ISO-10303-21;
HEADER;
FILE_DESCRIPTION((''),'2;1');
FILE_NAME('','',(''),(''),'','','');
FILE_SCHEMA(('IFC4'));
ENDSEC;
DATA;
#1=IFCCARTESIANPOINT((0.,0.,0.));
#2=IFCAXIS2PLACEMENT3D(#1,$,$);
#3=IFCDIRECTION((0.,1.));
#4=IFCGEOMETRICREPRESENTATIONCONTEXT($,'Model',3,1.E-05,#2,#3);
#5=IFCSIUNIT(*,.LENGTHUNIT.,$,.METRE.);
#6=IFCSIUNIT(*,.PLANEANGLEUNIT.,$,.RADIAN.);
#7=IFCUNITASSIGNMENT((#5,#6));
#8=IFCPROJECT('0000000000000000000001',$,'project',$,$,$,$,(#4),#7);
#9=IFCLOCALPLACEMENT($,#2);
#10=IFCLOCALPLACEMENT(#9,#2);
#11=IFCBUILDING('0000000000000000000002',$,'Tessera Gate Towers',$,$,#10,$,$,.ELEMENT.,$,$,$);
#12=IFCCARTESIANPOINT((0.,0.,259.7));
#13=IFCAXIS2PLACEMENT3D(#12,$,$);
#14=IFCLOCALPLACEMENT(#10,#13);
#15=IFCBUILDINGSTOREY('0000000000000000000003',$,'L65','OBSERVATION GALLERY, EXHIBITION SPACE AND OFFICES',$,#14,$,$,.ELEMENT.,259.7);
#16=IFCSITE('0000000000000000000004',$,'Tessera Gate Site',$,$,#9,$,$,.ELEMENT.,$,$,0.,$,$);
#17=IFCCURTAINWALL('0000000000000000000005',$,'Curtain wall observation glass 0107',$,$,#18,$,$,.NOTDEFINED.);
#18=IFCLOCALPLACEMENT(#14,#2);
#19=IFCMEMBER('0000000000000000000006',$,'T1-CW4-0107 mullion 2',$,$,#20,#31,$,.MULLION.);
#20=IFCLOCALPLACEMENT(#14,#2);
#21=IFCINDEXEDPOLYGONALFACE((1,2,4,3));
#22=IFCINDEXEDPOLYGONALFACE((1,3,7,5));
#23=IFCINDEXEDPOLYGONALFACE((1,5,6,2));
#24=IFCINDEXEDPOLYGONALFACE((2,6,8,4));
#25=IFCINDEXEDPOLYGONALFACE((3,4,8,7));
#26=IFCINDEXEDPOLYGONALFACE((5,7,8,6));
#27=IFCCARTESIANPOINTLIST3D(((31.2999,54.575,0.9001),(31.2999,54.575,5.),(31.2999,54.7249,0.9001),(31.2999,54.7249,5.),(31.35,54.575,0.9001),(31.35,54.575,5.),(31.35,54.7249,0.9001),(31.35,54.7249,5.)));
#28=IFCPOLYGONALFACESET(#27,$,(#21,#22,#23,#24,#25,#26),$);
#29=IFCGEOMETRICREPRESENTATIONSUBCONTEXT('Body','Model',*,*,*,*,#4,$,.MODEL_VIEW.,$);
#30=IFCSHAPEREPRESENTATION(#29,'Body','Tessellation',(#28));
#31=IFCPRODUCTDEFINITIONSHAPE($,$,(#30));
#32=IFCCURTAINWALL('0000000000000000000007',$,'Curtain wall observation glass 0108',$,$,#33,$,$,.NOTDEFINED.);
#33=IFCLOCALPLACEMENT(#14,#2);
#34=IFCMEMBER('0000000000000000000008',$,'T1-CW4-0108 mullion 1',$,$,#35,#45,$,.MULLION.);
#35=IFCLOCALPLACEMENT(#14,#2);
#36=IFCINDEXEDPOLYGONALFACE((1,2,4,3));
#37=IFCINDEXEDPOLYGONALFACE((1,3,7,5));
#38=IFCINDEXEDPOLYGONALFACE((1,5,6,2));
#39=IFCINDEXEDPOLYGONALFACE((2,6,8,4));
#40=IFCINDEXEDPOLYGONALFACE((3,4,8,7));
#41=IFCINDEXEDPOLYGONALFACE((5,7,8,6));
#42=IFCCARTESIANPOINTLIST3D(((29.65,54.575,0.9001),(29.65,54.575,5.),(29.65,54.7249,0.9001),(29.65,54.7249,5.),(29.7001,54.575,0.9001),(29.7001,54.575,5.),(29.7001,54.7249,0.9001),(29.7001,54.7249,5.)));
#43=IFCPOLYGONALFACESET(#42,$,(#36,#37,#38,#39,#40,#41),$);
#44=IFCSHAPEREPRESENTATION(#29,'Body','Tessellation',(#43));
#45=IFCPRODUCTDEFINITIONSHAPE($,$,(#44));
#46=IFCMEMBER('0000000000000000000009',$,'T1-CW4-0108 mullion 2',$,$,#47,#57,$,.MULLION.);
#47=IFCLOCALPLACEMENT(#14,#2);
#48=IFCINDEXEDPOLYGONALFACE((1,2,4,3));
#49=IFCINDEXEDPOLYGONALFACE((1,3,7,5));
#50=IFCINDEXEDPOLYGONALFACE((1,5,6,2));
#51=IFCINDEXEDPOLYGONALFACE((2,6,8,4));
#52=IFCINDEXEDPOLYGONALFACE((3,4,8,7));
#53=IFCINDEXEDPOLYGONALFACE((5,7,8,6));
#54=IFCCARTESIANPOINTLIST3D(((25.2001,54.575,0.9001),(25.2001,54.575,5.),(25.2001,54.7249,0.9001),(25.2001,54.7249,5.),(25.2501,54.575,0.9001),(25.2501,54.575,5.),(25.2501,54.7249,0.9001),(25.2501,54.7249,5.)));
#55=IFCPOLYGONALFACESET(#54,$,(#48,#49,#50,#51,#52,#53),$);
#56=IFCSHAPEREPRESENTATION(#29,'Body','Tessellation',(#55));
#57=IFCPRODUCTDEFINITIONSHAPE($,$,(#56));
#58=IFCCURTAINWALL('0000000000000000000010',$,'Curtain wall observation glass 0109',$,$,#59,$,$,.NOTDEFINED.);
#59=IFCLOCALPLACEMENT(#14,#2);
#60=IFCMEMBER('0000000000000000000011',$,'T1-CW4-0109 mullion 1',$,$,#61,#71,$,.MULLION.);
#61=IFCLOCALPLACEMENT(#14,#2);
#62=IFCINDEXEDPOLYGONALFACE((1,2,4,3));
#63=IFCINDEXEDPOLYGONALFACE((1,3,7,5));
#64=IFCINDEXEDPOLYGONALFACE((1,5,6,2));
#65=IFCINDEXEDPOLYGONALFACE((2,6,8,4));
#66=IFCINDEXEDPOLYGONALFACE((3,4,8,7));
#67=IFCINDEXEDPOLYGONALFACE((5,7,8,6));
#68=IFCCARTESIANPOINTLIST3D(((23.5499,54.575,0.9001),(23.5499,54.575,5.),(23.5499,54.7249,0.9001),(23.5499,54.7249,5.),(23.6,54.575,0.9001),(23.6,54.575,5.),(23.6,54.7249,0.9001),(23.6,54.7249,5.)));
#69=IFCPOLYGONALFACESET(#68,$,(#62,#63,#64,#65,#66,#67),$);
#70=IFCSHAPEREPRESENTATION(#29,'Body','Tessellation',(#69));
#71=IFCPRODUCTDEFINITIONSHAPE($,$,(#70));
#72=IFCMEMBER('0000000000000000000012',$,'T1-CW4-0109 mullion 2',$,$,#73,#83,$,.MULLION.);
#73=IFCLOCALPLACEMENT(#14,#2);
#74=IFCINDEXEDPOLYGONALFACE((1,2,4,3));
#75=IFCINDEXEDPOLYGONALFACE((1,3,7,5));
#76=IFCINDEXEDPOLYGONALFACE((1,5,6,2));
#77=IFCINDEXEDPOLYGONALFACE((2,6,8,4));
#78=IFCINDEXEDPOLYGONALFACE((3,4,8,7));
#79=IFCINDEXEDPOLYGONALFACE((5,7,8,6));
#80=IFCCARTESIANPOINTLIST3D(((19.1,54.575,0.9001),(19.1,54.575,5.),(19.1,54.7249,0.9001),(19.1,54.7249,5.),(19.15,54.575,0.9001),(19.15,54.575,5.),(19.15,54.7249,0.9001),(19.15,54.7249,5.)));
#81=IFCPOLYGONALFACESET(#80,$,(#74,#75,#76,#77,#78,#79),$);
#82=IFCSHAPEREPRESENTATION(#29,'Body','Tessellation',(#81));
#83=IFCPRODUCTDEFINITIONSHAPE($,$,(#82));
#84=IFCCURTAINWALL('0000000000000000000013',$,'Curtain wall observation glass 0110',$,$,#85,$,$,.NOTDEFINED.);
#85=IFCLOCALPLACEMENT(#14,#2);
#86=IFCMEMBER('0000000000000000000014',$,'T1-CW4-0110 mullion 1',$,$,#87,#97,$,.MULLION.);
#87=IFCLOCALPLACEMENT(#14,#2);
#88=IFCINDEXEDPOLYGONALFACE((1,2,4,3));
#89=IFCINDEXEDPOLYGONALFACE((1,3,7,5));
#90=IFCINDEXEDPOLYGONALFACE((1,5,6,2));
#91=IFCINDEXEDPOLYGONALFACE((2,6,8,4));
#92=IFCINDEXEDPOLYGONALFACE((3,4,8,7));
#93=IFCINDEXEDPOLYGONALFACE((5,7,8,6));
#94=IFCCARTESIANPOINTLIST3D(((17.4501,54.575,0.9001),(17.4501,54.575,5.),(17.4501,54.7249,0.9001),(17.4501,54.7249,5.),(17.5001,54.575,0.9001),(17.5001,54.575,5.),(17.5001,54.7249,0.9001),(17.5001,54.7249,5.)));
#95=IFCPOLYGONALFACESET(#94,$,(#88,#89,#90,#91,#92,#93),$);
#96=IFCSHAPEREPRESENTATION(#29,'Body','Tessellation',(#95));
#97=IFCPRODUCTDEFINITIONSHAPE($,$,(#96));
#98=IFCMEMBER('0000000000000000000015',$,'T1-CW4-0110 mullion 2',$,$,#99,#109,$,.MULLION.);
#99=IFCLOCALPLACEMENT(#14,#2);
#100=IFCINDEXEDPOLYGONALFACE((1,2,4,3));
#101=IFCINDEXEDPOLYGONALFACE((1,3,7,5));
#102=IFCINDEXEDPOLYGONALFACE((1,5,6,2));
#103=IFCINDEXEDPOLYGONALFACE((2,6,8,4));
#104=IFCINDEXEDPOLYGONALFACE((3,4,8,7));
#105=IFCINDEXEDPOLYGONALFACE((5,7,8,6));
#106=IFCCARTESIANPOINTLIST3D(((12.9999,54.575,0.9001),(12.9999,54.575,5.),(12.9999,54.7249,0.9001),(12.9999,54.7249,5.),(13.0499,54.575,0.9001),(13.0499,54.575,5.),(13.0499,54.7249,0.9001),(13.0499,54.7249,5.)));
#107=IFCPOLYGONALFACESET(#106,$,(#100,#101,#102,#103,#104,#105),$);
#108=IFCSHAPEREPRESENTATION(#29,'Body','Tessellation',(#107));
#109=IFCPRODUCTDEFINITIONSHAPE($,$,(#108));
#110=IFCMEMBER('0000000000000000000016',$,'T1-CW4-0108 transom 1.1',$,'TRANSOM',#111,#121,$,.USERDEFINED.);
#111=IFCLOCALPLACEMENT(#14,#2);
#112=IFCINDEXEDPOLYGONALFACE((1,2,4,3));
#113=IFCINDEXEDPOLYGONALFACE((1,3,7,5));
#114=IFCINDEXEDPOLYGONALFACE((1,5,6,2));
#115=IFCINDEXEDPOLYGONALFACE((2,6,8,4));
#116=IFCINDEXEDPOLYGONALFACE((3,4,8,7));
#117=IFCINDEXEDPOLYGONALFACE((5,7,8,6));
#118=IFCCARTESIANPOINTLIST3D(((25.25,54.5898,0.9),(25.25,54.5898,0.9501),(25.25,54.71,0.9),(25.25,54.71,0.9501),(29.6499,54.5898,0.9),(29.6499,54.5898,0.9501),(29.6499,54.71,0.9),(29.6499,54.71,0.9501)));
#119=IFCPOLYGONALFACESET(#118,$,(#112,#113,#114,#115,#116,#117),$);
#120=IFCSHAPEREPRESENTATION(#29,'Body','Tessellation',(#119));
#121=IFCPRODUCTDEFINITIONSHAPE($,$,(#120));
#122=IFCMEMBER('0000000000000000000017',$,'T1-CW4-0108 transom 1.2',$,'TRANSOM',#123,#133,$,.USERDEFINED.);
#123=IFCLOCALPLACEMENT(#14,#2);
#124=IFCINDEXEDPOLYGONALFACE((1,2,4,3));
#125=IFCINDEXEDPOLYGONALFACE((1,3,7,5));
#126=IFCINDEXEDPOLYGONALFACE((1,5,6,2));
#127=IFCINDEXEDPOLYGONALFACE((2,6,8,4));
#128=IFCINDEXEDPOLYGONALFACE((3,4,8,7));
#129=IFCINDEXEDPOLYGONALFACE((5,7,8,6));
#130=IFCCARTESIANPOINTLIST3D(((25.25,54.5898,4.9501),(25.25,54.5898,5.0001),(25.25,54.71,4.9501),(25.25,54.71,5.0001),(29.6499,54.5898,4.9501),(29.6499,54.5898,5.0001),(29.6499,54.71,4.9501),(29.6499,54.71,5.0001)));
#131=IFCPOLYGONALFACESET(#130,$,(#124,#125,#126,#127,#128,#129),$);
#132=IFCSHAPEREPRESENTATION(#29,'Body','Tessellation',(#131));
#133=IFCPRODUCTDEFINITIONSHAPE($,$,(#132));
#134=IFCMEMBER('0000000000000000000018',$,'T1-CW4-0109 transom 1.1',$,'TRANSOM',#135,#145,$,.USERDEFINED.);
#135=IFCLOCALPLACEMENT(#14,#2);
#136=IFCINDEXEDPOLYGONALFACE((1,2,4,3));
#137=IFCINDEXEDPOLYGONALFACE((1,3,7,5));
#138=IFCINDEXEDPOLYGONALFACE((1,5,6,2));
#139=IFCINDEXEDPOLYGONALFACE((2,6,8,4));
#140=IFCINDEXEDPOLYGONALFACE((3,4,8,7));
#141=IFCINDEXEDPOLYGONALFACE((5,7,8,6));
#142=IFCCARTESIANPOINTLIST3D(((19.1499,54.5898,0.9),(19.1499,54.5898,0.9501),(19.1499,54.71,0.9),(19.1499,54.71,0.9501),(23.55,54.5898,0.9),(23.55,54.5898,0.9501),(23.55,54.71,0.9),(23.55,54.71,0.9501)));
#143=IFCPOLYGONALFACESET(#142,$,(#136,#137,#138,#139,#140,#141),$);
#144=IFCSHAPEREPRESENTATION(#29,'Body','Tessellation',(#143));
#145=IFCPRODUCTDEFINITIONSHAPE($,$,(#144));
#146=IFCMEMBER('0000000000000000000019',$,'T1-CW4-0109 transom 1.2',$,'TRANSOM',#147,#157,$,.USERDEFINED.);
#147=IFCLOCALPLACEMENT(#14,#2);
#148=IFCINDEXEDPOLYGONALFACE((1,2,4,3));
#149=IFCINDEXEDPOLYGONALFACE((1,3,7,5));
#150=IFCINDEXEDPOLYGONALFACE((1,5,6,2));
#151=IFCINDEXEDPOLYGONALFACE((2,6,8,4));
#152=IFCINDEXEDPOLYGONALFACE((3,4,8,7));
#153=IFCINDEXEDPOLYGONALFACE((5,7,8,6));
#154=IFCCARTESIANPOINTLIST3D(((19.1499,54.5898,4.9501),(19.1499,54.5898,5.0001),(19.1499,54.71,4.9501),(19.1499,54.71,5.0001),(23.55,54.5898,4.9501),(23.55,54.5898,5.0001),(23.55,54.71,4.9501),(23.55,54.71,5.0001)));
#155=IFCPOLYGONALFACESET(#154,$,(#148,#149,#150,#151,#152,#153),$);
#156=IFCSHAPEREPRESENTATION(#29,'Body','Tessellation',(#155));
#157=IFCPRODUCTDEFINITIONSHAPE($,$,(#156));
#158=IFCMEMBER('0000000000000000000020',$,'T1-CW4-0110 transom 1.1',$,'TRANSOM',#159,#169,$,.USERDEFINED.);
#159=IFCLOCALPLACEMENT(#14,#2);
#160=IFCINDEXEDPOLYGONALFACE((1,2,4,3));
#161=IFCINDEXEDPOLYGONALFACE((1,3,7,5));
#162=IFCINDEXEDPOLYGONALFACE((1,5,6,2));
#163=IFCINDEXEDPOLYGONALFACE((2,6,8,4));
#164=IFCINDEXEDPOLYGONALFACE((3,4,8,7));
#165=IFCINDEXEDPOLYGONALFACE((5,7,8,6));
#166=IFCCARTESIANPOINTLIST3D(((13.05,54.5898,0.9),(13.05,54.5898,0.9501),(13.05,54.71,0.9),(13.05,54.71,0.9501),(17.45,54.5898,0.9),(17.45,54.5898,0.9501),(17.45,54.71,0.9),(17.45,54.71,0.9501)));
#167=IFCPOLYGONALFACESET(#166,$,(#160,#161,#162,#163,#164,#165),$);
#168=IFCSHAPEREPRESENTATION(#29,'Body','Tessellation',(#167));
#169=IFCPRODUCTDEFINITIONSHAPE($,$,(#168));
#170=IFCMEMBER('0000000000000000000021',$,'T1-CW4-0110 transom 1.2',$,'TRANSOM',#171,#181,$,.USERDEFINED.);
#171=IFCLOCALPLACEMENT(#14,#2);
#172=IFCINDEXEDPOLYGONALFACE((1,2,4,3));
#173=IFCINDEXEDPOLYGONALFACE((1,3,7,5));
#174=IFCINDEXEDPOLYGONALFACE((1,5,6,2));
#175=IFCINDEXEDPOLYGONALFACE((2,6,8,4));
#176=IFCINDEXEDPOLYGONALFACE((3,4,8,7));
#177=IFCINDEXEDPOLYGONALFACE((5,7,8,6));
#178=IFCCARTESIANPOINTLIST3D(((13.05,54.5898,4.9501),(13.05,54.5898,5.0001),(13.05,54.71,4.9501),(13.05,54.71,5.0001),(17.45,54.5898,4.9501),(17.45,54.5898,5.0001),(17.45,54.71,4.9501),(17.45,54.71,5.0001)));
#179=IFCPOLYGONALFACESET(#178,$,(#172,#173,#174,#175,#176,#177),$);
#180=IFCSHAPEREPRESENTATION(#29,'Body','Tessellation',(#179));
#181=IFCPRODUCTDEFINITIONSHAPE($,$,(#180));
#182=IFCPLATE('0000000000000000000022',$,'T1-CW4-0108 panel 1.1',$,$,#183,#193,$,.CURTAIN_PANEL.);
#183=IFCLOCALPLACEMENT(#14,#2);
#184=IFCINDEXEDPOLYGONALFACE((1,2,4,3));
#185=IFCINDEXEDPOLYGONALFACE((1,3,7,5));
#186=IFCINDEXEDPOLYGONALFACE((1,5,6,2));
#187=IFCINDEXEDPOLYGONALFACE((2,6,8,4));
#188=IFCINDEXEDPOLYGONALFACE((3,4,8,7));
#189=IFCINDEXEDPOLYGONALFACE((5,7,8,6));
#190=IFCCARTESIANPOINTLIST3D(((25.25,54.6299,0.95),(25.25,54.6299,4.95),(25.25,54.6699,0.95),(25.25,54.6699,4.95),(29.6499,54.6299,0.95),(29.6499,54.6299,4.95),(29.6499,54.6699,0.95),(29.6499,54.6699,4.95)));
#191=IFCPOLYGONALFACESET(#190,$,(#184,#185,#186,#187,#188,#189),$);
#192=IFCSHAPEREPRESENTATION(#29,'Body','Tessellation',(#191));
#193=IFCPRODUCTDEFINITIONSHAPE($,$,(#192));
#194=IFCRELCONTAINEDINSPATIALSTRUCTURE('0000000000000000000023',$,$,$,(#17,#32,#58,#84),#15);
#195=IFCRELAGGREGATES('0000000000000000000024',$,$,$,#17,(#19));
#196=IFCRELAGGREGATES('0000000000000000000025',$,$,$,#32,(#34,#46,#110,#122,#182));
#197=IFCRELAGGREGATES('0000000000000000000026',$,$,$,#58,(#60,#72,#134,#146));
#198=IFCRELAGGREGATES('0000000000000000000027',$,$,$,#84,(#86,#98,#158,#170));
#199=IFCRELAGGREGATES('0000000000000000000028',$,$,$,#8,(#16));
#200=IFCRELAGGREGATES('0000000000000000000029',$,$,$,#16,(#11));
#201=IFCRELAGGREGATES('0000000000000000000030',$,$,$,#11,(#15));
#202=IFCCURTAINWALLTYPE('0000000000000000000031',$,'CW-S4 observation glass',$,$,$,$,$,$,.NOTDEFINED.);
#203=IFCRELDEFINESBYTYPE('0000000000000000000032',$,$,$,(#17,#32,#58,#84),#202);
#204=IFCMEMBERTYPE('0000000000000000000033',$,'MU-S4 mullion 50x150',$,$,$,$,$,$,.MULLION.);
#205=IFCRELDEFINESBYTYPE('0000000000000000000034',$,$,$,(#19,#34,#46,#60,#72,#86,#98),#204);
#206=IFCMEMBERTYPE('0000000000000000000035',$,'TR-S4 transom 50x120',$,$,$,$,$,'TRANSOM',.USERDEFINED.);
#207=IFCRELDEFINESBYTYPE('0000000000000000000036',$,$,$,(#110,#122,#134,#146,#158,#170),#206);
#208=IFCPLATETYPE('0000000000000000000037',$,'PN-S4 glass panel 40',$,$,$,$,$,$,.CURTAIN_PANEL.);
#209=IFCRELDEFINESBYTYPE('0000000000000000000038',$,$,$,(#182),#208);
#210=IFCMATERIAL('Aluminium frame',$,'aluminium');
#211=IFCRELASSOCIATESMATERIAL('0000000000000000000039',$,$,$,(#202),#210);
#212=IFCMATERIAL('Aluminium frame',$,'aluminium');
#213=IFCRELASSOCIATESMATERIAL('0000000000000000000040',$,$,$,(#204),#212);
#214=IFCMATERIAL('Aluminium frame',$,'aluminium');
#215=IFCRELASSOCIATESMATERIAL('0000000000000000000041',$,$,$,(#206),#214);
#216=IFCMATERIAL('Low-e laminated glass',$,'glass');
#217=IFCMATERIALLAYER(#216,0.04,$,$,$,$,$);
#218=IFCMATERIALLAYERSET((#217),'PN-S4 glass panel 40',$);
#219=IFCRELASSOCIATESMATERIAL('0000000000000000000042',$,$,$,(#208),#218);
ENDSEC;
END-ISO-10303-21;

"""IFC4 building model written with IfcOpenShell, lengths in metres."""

from ifc_helpers import new_model, si_unit, direction, frame, origin, origin_2d, place, context, subcontext, project, spatial, rectangle, extrude, material, layer, layer_set, material_profile, profile_set, type_object, element, aggregate, save


model = new_model("IFC4")

# Units and contexts
model_context = context("Model", 3, precision=1e-05, world=origin(), true_north=direction((0.0, 1.0)))
body_context = subcontext(model_context, "Body", "Model", "MODEL_VIEW")
ifc_project = project(units=[si_unit("LENGTHUNIT", "METRE"), si_unit("PLANEANGLEUNIT", "RADIAN")], contexts=[model_context])

# Site, building, storey
site_placement = place(None, origin())
site = spatial("IfcSite", under=ifc_project, at=site_placement, Name="Tessera Gate Site", CompositionType="ELEMENT", RefElevation=0.0)
building_placement = place(site_placement, origin())
building = spatial("IfcBuilding", under=site, at=building_placement, Name="Tessera Gate Towers", CompositionType="ELEMENT")
storey_placement = place(building_placement, frame((0.0, 0.0, 259.7)))
storey = spatial("IfcBuildingStorey", under=building, at=storey_placement, Name="L65", Description="OBSERVATION GALLERY, EXHIBITION SPACE AND OFFICES", CompositionType="ELEMENT", Elevation=259.7)

# Curtain wall, member
ifc_material_1 = material(Name="Aluminium frame", Category="aluminium")
curtain_wall_type = type_object("IfcCurtainWallType", Name="CW-S4 observation glass", PredefinedType="NOTDEFINED", material=ifc_material_1)
curtain_wall_1_placement = place(storey_placement, origin())
curtain_wall_1 = element("IfcCurtainWall", 1, at=curtain_wall_1_placement, inside=storey, type_object=curtain_wall_type, Name="Curtain wall observation glass 0107", PredefinedType="NOTDEFINED")
ifc_material_2 = material(Name="Aluminium frame", Category="aluminium")
ifc_material_profile_1 = material_profile(ifc_material_2, rectangle(XDim=0.05, YDim=0.1499, at=origin_2d()), Name="AL 50x150")
ifc_profile_set_1 = profile_set([ifc_material_profile_1], Name="Aluminium frame")
member_type_1 = type_object("IfcMemberType", Name="MU-S4 mullion 50x150", PredefinedType="MULLION", material=ifc_profile_set_1)
member_1_placement = place(storey_placement, frame((31.325, 54.6499, 0.9001), z_axis=(0.0, 0.0, 1.0), x_axis=(-1.0, 0.0, 0.0)))
member_1 = element("IfcMember", 2, at=member_1_placement, type_object=member_type_1, Name="T1-CW4-0107 mullion 2", PredefinedType="MULLION", context=body_context, shape_type="SweptSolid", body=[
    extrude(rectangle(XDim=0.05, YDim=0.1499, at=origin_2d()), origin(), (0.0, 0.0, 1.0), 4.0999),
])
aggregate(curtain_wall_1, [member_1])

# Curtain walls, members
curtain_wall_2_placement = place(storey_placement, origin())
curtain_wall_2 = element("IfcCurtainWall", 3, at=curtain_wall_2_placement, inside=storey, type_object=curtain_wall_type, Name="Curtain wall observation glass 0108", PredefinedType="NOTDEFINED")
member_2_placement = place(storey_placement, frame((29.675, 54.6499, 0.9001), z_axis=(0.0, 0.0, 1.0), x_axis=(-1.0, 0.0, 0.0)))
member_2 = element("IfcMember", 4, at=member_2_placement, type_object=member_type_1, Name="T1-CW4-0108 mullion 1", PredefinedType="MULLION", context=body_context, shape_type="SweptSolid", body=[
    extrude(rectangle(XDim=0.05, YDim=0.1499, at=origin_2d()), origin(), (0.0, 0.0, 1.0), 4.0999),
])
member_3_placement = place(storey_placement, frame((25.2251, 54.6499, 0.9001), z_axis=(0.0, 0.0, 1.0), x_axis=(-1.0, 0.0, 0.0)))
member_3 = element("IfcMember", 5, at=member_3_placement, type_object=member_type_1, Name="T1-CW4-0108 mullion 2", PredefinedType="MULLION", context=body_context, shape_type="SweptSolid", body=[
    extrude(rectangle(XDim=0.05, YDim=0.1499, at=origin_2d()), origin(), (0.0, 0.0, 1.0), 4.0999),
])
curtain_wall_3_placement = place(storey_placement, origin())
curtain_wall_3 = element("IfcCurtainWall", 6, at=curtain_wall_3_placement, inside=storey, type_object=curtain_wall_type, Name="Curtain wall observation glass 0109", PredefinedType="NOTDEFINED")
member_4_placement = place(storey_placement, frame((23.575, 54.6499, 0.9001), z_axis=(0.0, 0.0, 1.0), x_axis=(-1.0, 0.0, 0.0)))
member_4 = element("IfcMember", 7, at=member_4_placement, type_object=member_type_1, Name="T1-CW4-0109 mullion 1", PredefinedType="MULLION", context=body_context, shape_type="SweptSolid", body=[
    extrude(rectangle(XDim=0.05, YDim=0.1499, at=origin_2d()), origin(), (0.0, 0.0, 1.0), 4.0999),
])
member_5_placement = place(storey_placement, frame((19.125, 54.6499, 0.9001), z_axis=(0.0, 0.0, 1.0), x_axis=(-1.0, 0.0, 0.0)))
member_5 = element("IfcMember", 8, at=member_5_placement, type_object=member_type_1, Name="T1-CW4-0109 mullion 2", PredefinedType="MULLION", context=body_context, shape_type="SweptSolid", body=[
    extrude(rectangle(XDim=0.05, YDim=0.1499, at=origin_2d()), origin(), (0.0, 0.0, 1.0), 4.0999),
])
curtain_wall_4_placement = place(storey_placement, origin())
curtain_wall_4 = element("IfcCurtainWall", 9, at=curtain_wall_4_placement, inside=storey, type_object=curtain_wall_type, Name="Curtain wall observation glass 0110", PredefinedType="NOTDEFINED")
member_6_placement = place(storey_placement, frame((17.4751, 54.6499, 0.9001), z_axis=(0.0, 0.0, 1.0), x_axis=(-1.0, 0.0, 0.0)))
member_6 = element("IfcMember", 10, at=member_6_placement, type_object=member_type_1, Name="T1-CW4-0110 mullion 1", PredefinedType="MULLION", context=body_context, shape_type="SweptSolid", body=[
    extrude(rectangle(XDim=0.05, YDim=0.1499, at=origin_2d()), origin(), (0.0, 0.0, 1.0), 4.0999),
])
member_7_placement = place(storey_placement, frame((13.0249, 54.6499, 0.9001), z_axis=(0.0, 0.0, 1.0), x_axis=(-1.0, 0.0, 0.0)))
member_7 = element("IfcMember", 11, at=member_7_placement, type_object=member_type_1, Name="T1-CW4-0110 mullion 2", PredefinedType="MULLION", context=body_context, shape_type="SweptSolid", body=[
    extrude(rectangle(XDim=0.05, YDim=0.1499, at=origin_2d()), origin(), (0.0, 0.0, 1.0), 4.0999),
])

# Members
ifc_material_3 = material(Name="Aluminium frame", Category="aluminium")
ifc_material_profile_2 = material_profile(ifc_material_3, rectangle(XDim=0.1201, YDim=0.05, at=origin_2d()), Name="AL 50x120")
ifc_profile_set_2 = profile_set([ifc_material_profile_2], Name="Aluminium frame")
member_type_2 = type_object("IfcMemberType", Name="TR-S4 transom 50x120", ElementType="TRANSOM", PredefinedType="USERDEFINED", material=ifc_profile_set_2)
member_8_placement = place(storey_placement, frame((29.6499, 54.6499, 0.925), z_axis=(-1.0, 0.0, 0.0), x_axis=(0.0, -1.0, 0.0)))
member_8 = element("IfcMember", 12, at=member_8_placement, type_object=member_type_2, Name="T1-CW4-0108 transom 1.1", ObjectType="TRANSOM", PredefinedType="USERDEFINED", context=body_context, shape_type="SweptSolid", body=[
    extrude(rectangle(XDim=0.1201, YDim=0.05, at=origin_2d()), origin(), (0.0, 0.0, 1.0), 4.3999),
])
member_9_placement = place(storey_placement, frame((29.6499, 54.6499, 4.9751), z_axis=(-1.0, 0.0, 0.0), x_axis=(0.0, -1.0, 0.0)))
member_9 = element("IfcMember", 13, at=member_9_placement, type_object=member_type_2, Name="T1-CW4-0108 transom 1.2", ObjectType="TRANSOM", PredefinedType="USERDEFINED", context=body_context, shape_type="SweptSolid", body=[
    extrude(rectangle(XDim=0.1201, YDim=0.05, at=origin_2d()), origin(), (0.0, 0.0, 1.0), 4.3999),
])
member_10_placement = place(storey_placement, frame((23.55, 54.6499, 0.925), z_axis=(-1.0, 0.0, 0.0), x_axis=(0.0, -1.0, 0.0)))
member_10 = element("IfcMember", 14, at=member_10_placement, type_object=member_type_2, Name="T1-CW4-0109 transom 1.1", ObjectType="TRANSOM", PredefinedType="USERDEFINED", context=body_context, shape_type="SweptSolid", body=[
    extrude(rectangle(XDim=0.1201, YDim=0.05, at=origin_2d()), origin(), (0.0, 0.0, 1.0), 4.4001),
])
member_11_placement = place(storey_placement, frame((23.55, 54.6499, 4.9751), z_axis=(-1.0, 0.0, 0.0), x_axis=(0.0, -1.0, 0.0)))
member_11 = element("IfcMember", 15, at=member_11_placement, type_object=member_type_2, Name="T1-CW4-0109 transom 1.2", ObjectType="TRANSOM", PredefinedType="USERDEFINED", context=body_context, shape_type="SweptSolid", body=[
    extrude(rectangle(XDim=0.1201, YDim=0.05, at=origin_2d()), origin(), (0.0, 0.0, 1.0), 4.4001),
])
member_12_placement = place(storey_placement, frame((17.45, 54.6499, 0.925), z_axis=(-1.0, 0.0, 0.0), x_axis=(0.0, -1.0, 0.0)))
member_12 = element("IfcMember", 16, at=member_12_placement, type_object=member_type_2, Name="T1-CW4-0110 transom 1.1", ObjectType="TRANSOM", PredefinedType="USERDEFINED", context=body_context, shape_type="SweptSolid", body=[
    extrude(rectangle(XDim=0.1201, YDim=0.05, at=origin_2d()), origin(), (0.0, 0.0, 1.0), 4.3999),
])
member_13_placement = place(storey_placement, frame((17.45, 54.6499, 4.9751), z_axis=(-1.0, 0.0, 0.0), x_axis=(0.0, -1.0, 0.0)))
member_13 = element("IfcMember", 17, at=member_13_placement, type_object=member_type_2, Name="T1-CW4-0110 transom 1.2", ObjectType="TRANSOM", PredefinedType="USERDEFINED", context=body_context, shape_type="SweptSolid", body=[
    extrude(rectangle(XDim=0.1201, YDim=0.05, at=origin_2d()), origin(), (0.0, 0.0, 1.0), 4.3999),
])

# Plate
ifc_material_4 = material(Name="Low-e laminated glass", Category="glass")
ifc_layer_1 = layer(ifc_material_4, 0.04)
ifc_layer_set_1 = layer_set([ifc_layer_1], Name="PN-S4 glass panel 40")
plate_type = type_object("IfcPlateType", Name="PN-S4 glass panel 40", PredefinedType="CURTAIN_PANEL", material=ifc_layer_set_1)
plate_1_placement = place(storey_placement, frame((27.45, 54.6499, 0.95), z_axis=(0.0, 0.0, 1.0), x_axis=(-1.0, 0.0, 0.0)))
plate_1 = element("IfcPlate", 18, at=plate_1_placement, type_object=plate_type, Name="T1-CW4-0108 panel 1.1", PredefinedType="CURTAIN_PANEL", context=body_context, shape_type="SweptSolid", body=[
    extrude(rectangle(XDim=4.3999, YDim=0.04, at=origin_2d()), origin(), (0.0, 0.0, 1.0), 4.0),
])
aggregate(curtain_wall_2, [member_2, member_3, member_8, member_9, plate_1])
aggregate(curtain_wall_3, [member_4, member_5, member_10, member_11])
aggregate(curtain_wall_4, [member_6, member_7, member_12, member_13])

save(model, "model.ifc")
